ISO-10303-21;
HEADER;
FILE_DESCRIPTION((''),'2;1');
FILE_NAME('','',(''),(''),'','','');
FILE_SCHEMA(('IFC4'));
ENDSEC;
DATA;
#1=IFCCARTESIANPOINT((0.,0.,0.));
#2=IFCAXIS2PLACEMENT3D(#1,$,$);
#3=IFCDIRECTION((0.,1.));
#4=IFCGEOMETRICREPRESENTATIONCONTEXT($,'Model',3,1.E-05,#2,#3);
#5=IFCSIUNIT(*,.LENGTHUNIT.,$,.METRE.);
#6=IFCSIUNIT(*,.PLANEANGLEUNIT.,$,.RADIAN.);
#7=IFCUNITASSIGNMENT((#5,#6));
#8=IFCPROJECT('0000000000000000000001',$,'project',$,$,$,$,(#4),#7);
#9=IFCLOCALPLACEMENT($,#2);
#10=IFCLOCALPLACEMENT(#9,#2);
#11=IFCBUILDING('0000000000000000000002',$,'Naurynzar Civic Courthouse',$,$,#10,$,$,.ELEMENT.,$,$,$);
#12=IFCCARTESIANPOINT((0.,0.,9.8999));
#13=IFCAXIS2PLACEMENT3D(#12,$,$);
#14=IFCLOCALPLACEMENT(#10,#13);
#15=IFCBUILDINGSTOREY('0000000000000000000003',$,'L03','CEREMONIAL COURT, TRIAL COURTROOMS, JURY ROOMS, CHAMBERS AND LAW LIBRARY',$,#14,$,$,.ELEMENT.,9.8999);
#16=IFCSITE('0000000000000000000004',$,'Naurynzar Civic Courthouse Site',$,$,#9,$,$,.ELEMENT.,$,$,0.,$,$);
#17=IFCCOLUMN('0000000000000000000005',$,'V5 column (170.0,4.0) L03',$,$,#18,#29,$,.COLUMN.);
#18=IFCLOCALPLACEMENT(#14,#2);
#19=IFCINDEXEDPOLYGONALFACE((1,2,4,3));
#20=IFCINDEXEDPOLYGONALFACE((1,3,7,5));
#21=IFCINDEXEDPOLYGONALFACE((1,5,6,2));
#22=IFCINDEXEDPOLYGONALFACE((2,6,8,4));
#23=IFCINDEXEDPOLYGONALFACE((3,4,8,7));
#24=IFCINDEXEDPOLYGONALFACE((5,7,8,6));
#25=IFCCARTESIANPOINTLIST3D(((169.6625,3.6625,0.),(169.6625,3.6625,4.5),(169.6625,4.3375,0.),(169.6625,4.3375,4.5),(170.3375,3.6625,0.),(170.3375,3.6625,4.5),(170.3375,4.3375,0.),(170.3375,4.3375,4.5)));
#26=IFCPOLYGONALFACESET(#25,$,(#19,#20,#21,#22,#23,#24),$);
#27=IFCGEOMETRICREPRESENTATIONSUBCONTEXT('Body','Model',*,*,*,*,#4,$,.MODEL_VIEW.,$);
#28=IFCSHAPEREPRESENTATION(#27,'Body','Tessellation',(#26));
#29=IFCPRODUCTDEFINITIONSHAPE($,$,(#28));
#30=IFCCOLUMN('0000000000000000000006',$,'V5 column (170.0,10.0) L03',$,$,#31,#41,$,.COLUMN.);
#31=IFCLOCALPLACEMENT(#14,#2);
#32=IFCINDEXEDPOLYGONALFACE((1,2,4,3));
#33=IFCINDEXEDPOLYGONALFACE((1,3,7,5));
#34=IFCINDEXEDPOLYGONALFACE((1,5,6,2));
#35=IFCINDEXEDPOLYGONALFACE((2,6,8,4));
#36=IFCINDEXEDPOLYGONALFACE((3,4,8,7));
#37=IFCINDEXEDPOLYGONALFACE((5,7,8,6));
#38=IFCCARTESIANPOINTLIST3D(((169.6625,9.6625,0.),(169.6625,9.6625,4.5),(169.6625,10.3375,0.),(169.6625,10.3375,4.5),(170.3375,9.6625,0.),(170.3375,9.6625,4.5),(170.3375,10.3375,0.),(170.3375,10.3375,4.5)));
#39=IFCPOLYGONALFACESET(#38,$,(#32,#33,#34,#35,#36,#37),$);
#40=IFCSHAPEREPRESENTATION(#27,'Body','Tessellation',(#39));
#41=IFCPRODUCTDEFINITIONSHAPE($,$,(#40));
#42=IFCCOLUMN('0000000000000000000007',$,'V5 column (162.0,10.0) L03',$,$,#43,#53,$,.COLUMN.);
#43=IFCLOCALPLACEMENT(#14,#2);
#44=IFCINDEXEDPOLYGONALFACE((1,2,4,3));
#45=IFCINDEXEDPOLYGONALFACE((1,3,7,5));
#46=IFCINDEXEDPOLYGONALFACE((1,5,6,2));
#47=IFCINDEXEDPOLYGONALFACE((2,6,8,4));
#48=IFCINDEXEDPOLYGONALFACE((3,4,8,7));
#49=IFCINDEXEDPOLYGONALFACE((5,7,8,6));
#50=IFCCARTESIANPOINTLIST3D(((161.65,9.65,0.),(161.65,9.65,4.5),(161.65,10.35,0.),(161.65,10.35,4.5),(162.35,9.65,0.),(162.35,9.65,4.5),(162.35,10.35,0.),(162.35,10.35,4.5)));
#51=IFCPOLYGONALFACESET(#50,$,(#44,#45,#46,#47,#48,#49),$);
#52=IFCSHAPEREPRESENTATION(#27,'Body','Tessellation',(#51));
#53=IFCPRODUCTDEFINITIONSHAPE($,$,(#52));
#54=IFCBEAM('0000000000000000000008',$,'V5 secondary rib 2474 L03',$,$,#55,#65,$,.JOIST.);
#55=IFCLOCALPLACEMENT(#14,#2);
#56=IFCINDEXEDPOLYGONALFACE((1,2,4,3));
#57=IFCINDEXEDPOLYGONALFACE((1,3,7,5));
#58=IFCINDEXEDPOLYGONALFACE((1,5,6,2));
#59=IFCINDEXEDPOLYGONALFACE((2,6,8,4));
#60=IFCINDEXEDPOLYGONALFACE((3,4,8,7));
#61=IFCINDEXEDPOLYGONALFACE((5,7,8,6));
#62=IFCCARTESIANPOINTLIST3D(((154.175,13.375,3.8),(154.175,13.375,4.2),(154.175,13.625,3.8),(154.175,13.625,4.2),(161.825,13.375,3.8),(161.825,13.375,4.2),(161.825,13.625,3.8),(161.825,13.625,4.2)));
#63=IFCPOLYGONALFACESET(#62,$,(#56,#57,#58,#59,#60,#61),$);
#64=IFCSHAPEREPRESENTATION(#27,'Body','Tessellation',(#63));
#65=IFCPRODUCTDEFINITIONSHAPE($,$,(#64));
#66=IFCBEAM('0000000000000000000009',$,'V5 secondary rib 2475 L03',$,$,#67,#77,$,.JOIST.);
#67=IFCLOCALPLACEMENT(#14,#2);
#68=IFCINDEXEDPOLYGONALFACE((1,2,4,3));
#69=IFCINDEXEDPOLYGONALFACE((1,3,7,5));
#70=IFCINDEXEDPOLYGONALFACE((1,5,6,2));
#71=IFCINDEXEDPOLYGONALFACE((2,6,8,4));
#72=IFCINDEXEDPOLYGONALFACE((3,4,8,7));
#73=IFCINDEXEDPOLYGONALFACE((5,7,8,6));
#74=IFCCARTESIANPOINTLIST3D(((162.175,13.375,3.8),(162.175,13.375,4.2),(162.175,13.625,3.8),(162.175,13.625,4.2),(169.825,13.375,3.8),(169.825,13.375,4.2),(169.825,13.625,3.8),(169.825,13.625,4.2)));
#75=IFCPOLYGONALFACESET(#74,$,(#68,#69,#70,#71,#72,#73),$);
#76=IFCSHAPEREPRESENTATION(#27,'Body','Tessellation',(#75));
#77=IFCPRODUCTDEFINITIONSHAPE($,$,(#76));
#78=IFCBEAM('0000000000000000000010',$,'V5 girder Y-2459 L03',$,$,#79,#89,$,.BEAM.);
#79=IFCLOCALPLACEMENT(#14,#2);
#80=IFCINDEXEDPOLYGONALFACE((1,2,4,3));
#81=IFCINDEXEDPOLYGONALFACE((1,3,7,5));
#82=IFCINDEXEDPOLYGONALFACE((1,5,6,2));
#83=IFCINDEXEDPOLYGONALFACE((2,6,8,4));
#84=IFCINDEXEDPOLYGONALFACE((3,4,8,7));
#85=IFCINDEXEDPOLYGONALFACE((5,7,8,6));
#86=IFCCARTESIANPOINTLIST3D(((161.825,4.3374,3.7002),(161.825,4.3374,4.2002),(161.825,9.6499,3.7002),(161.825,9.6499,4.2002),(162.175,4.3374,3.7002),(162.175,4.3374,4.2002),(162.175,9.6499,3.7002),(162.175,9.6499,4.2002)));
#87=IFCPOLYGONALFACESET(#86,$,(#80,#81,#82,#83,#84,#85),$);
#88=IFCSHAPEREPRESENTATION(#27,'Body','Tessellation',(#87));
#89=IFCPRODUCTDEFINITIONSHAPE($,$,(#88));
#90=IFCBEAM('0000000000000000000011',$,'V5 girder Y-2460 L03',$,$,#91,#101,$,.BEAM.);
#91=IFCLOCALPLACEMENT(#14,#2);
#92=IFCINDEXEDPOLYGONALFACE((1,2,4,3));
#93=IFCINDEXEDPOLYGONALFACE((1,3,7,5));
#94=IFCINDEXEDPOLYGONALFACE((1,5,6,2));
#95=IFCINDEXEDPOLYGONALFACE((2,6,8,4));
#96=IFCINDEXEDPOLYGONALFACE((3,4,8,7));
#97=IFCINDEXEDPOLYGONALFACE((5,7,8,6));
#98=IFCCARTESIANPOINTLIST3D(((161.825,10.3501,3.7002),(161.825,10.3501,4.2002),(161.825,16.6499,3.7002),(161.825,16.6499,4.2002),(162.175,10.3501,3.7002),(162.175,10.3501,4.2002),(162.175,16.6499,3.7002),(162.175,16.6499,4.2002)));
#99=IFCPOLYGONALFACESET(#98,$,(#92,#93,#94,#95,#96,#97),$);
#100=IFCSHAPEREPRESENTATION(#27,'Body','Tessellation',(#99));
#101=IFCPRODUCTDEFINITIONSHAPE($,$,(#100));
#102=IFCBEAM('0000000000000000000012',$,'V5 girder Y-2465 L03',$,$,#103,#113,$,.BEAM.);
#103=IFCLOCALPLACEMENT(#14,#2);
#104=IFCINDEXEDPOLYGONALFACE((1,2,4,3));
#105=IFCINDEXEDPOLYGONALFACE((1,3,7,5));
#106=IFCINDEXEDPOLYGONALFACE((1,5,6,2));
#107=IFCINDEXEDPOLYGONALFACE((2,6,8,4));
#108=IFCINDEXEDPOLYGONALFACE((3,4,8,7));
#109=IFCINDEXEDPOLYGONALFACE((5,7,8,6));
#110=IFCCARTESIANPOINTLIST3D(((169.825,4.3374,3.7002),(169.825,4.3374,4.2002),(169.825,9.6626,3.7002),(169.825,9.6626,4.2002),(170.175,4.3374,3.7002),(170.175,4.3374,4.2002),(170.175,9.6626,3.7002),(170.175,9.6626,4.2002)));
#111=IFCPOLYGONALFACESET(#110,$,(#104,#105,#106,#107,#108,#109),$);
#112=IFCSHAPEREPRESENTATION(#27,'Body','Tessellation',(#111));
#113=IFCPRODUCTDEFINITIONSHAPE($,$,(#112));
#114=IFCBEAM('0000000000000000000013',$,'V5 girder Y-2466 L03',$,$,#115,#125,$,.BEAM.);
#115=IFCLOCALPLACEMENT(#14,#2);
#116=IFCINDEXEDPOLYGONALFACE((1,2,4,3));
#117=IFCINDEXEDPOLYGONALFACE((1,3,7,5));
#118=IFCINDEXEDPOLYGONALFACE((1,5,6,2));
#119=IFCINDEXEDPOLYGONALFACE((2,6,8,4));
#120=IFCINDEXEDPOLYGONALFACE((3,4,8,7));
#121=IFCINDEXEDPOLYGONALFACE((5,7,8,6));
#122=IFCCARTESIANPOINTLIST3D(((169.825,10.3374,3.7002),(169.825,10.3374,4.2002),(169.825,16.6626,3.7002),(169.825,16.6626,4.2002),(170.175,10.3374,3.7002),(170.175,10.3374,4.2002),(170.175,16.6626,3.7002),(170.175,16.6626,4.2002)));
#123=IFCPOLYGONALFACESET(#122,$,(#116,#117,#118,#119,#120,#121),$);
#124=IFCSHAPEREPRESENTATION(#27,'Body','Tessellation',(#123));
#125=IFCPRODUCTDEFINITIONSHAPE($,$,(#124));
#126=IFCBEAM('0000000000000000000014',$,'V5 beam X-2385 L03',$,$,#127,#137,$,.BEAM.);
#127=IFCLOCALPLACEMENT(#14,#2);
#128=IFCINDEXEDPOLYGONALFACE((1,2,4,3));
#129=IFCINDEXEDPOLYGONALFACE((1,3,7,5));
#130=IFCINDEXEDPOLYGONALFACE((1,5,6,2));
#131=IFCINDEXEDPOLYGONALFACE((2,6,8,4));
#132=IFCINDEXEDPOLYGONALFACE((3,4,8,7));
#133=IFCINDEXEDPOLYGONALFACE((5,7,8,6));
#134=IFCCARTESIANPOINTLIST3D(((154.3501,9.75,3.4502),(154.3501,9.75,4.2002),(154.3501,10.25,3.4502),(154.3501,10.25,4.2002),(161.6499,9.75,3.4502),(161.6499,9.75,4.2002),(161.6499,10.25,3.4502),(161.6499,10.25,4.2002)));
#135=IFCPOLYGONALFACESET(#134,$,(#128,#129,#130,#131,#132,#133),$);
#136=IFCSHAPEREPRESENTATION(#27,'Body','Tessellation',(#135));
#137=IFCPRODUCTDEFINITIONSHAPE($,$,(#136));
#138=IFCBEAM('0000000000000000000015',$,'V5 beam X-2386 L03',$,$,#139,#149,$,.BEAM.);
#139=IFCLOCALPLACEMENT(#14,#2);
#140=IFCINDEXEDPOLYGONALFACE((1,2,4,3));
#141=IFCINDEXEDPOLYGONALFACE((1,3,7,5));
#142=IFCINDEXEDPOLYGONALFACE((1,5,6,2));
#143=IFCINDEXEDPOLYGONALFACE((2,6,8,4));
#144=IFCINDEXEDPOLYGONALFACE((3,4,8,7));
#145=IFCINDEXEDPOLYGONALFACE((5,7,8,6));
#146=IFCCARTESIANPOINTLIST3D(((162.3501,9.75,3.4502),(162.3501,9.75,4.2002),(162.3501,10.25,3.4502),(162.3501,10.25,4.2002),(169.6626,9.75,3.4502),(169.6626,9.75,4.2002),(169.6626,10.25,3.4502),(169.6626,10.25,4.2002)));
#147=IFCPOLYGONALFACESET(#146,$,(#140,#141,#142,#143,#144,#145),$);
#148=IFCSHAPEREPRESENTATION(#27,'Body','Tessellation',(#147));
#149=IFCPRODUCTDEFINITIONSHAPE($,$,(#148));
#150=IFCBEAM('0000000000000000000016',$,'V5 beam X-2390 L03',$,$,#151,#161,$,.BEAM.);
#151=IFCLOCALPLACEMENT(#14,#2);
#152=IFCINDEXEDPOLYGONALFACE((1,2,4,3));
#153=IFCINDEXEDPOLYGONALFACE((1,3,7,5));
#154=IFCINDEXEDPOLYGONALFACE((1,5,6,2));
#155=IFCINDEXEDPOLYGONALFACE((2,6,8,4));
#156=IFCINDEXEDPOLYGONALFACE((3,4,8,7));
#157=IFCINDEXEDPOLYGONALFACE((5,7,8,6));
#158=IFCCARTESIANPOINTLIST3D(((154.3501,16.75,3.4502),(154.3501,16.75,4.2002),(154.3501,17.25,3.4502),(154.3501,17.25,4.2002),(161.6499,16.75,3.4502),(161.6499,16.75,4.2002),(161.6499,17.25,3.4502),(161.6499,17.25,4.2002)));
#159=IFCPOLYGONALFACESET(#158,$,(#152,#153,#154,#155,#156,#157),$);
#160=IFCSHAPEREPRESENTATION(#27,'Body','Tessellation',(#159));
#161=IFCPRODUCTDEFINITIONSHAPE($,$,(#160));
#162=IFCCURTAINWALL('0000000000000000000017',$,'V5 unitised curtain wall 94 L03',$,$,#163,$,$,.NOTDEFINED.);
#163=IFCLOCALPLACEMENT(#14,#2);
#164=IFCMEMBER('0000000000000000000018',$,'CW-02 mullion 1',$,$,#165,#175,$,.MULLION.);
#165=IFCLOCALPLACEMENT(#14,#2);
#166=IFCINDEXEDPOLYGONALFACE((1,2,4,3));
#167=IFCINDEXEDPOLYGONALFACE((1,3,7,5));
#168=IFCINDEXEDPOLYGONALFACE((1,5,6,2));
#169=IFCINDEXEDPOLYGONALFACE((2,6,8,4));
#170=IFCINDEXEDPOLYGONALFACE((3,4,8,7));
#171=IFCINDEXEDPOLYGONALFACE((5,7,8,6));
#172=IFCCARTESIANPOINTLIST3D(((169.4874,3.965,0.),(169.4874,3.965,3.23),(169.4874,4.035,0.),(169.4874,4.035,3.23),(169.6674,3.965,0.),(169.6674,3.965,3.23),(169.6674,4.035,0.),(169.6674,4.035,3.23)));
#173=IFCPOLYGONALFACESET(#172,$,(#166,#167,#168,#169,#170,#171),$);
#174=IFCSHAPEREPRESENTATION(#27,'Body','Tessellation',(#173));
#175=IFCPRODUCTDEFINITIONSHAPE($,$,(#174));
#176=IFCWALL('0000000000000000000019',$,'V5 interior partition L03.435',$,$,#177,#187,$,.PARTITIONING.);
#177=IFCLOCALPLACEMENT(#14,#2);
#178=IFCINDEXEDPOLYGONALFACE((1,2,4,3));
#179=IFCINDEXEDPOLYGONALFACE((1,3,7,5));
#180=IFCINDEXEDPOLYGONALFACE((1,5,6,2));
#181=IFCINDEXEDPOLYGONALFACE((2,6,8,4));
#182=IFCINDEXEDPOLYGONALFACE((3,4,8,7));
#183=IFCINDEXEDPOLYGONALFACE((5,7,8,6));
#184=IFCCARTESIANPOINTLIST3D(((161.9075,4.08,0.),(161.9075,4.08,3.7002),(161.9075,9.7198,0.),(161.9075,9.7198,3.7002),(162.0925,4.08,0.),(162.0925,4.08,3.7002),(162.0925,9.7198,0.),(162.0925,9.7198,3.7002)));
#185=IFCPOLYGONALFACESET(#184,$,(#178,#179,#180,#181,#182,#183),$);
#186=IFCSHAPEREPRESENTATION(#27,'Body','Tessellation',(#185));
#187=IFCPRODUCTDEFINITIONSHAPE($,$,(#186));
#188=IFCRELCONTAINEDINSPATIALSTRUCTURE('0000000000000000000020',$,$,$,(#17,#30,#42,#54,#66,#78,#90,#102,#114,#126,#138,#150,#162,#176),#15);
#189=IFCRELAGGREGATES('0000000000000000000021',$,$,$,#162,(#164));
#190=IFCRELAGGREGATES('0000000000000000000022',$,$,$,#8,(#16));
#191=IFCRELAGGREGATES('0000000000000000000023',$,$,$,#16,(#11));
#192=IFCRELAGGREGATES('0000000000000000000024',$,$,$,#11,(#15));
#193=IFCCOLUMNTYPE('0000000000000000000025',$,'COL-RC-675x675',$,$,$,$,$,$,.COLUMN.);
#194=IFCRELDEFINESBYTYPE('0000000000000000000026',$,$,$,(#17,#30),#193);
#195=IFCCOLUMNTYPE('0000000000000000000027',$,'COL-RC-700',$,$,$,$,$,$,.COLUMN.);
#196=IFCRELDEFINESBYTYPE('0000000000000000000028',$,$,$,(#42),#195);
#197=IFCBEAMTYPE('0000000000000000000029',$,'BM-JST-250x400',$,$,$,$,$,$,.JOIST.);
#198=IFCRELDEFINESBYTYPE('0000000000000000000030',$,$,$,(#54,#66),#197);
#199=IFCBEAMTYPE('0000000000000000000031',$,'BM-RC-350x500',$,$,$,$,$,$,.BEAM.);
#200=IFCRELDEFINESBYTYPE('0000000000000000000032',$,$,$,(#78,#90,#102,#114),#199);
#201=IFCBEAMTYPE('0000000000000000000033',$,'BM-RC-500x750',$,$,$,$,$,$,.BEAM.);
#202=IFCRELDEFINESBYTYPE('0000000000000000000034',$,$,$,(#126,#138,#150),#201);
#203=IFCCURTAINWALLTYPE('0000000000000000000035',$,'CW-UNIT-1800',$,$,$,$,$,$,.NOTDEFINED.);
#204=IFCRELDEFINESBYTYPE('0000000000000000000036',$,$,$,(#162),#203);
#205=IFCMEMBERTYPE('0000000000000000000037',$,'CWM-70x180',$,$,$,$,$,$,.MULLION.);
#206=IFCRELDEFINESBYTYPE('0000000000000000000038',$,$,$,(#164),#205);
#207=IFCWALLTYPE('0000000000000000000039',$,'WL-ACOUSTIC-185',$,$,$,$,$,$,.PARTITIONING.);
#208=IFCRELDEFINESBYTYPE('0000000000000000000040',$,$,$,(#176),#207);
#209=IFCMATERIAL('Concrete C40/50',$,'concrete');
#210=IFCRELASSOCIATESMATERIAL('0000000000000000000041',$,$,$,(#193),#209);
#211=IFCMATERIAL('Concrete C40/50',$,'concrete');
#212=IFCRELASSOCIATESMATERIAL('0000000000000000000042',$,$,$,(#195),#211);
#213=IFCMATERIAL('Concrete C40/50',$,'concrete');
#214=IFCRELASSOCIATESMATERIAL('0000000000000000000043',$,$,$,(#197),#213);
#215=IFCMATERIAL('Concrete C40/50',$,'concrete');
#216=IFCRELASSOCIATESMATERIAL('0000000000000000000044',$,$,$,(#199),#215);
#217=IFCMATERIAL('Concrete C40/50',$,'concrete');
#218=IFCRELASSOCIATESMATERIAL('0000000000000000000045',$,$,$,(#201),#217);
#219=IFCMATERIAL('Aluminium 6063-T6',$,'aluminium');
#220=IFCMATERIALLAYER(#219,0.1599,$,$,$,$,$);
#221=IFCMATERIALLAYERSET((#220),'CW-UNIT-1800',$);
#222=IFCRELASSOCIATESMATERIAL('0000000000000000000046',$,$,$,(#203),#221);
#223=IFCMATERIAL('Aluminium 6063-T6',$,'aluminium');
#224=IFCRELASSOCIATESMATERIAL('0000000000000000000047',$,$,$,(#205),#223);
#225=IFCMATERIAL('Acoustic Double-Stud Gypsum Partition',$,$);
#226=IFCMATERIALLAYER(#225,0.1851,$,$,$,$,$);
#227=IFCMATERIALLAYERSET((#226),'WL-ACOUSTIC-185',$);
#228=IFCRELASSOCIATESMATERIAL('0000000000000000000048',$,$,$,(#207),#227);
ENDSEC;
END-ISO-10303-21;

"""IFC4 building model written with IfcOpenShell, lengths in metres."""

from ifc_helpers import new_model, si_unit, direction, frame, frame_2d, origin, origin_2d, place, context, subcontext, project, spatial, rectangle, extrude, material, layer, layer_set, material_profile, profile_set, type_object, element, aggregate, save


model = new_model("IFC4")

# Units and contexts
model_context = context("Model", 3, precision=1e-05, world=origin(), true_north=direction((0.0, 1.0)))
body_context = subcontext(model_context, "Body", "Model", "MODEL_VIEW")
ifc_project = project(units=[si_unit("LENGTHUNIT", "METRE"), si_unit("PLANEANGLEUNIT", "RADIAN")], contexts=[model_context])

# Site, building, storey
site_placement = place(None, origin())
site = spatial("IfcSite", under=ifc_project, at=site_placement, Name="Naurynzar Civic Courthouse Site", CompositionType="ELEMENT", RefElevation=0.0)
building_placement = place(site_placement, origin())
building = spatial("IfcBuilding", under=site, at=building_placement, Name="Naurynzar Civic Courthouse", CompositionType="ELEMENT")
storey_placement = place(building_placement, frame((0.0, 0.0, 9.8999)))
storey = spatial("IfcBuildingStorey", under=building, at=storey_placement, Name="L03", Description="CEREMONIAL COURT, TRIAL COURTROOMS, JURY ROOMS, CHAMBERS AND LAW LIBRARY", CompositionType="ELEMENT", Elevation=9.8999)

# Columns
ifc_material_1 = material(Name="Concrete C40/50", Category="concrete")
ifc_material_profile_1 = material_profile(ifc_material_1, rectangle(XDim=0.675, YDim=0.675, at=origin_2d()), Name="RC 675x675")
ifc_profile_set_1 = profile_set([ifc_material_profile_1], Name="Concrete C40/50")
column_type_1 = type_object("IfcColumnType", Name="COL-RC-675x675", PredefinedType="COLUMN", material=ifc_profile_set_1)
for number, where, z_axis, x_axis, name in (
    (1, (170.0, 4.0, 0.0), (0.0, 0.0, 1.0), (1.0, 0.0, 0.0), "V5 column (170.0,4.0) L03"),
    (2, (170.0, 10.0, 0.0), (0.0, 0.0, 1.0), (1.0, 0.0, 0.0), "V5 column (170.0,10.0) L03"),
):
    element("IfcColumn", number, at=place(storey_placement, frame(where, z_axis=z_axis, x_axis=x_axis)), inside=storey, type_object=column_type_1, Name=name, PredefinedType="COLUMN", context=body_context, shape_type="SweptSolid", body=[
        extrude(rectangle(XDim=0.675, YDim=0.675, at=origin_2d()), origin(), (0.0, 0.0, 1.0), 4.5),
    ])
ifc_material_2 = material(Name="Concrete C40/50", Category="concrete")
ifc_material_profile_2 = material_profile(ifc_material_2, rectangle(XDim=0.7, YDim=0.7, at=origin_2d()), Name="RC 700x700")
ifc_profile_set_2 = profile_set([ifc_material_profile_2], Name="Concrete C40/50")
column_type_2 = type_object("IfcColumnType", Name="COL-RC-700", PredefinedType="COLUMN", material=ifc_profile_set_2)
column_placement = place(storey_placement, frame((162.0, 10.0, 0.0), z_axis=(0.0, 0.0, 1.0), x_axis=(1.0, 0.0, 0.0)))
element("IfcColumn", 3, at=column_placement, inside=storey, type_object=column_type_2, Name="V5 column (162.0,10.0) L03", PredefinedType="COLUMN", context=body_context, shape_type="SweptSolid", body=[
    extrude(rectangle(XDim=0.7, YDim=0.7, at=origin_2d()), origin(), (0.0, 0.0, 1.0), 4.5),
])

# Beams
ifc_material_3 = material(Name="Concrete C40/50", Category="concrete")
ifc_material_profile_3 = material_profile(ifc_material_3, rectangle(XDim=0.25, YDim=0.3999, at=origin_2d()), Name="RCB 250x400")
ifc_profile_set_3 = profile_set([ifc_material_profile_3], Name="Concrete C40/50")
beam_type_1 = type_object("IfcBeamType", Name="BM-JST-250x400", PredefinedType="JOIST", material=ifc_profile_set_3)
for number, where, z_axis, x_axis, name in (
    (4, (154.175, 13.5, 4.0), (1.0, 0.0, 0.0), (0.0, 1.0, 0.0), "V5 secondary rib 2474 L03"),
    (5, (162.175, 13.5, 4.0), (1.0, 0.0, 0.0), (0.0, 1.0, 0.0), "V5 secondary rib 2475 L03"),
):
    element("IfcBeam", number, at=place(storey_placement, frame(where, z_axis=z_axis, x_axis=x_axis)), inside=storey, type_object=beam_type_1, Name=name, PredefinedType="JOIST", context=body_context, shape_type="SweptSolid", body=[
        extrude(rectangle(XDim=0.25, YDim=0.3999, at=origin_2d()), origin(), (0.0, 0.0, 1.0), 7.6499),
    ])
ifc_material_4 = material(Name="Concrete C40/50", Category="concrete")
ifc_material_profile_4 = material_profile(ifc_material_4, rectangle(XDim=0.3501, YDim=0.5, at=origin_2d()), Name="RCB 350x500")
ifc_profile_set_4 = profile_set([ifc_material_profile_4], Name="Concrete C40/50")
beam_type_2 = type_object("IfcBeamType", Name="BM-RC-350x500", PredefinedType="BEAM", material=ifc_profile_set_4)
beam_1_placement = place(storey_placement, frame((162.0, 4.3374, 3.9502), z_axis=(0.0, 1.0, 0.0), x_axis=(-1.0, 0.0, 0.0)))
element("IfcBeam", 6, at=beam_1_placement, inside=storey, type_object=beam_type_2, Name="V5 girder Y-2459 L03", PredefinedType="BEAM", context=body_context, shape_type="SweptSolid", body=[
    extrude(rectangle(XDim=0.3501, YDim=0.5, at=origin_2d()), origin(), (0.0, 0.0, 1.0), 5.3125),
])
beam_2_placement = place(storey_placement, frame((162.0, 10.3501, 3.9502), z_axis=(0.0, 1.0, 0.0), x_axis=(-1.0, 0.0, 0.0)))
element("IfcBeam", 7, at=beam_2_placement, inside=storey, type_object=beam_type_2, Name="V5 girder Y-2460 L03", PredefinedType="BEAM", context=body_context, shape_type="SweptSolid", body=[
    extrude(rectangle(XDim=0.3501, YDim=0.5, at=origin_2d()), origin(), (0.0, 0.0, 1.0), 6.2998),
])
beam_3_placement = place(storey_placement, frame((170.0, 4.3374, 3.9502), z_axis=(0.0, 1.0, 0.0), x_axis=(-1.0, 0.0, 0.0)))
element("IfcBeam", 8, at=beam_3_placement, inside=storey, type_object=beam_type_2, Name="V5 girder Y-2465 L03", PredefinedType="BEAM", context=body_context, shape_type="SweptSolid", body=[
    extrude(rectangle(XDim=0.3501, YDim=0.5, at=origin_2d()), origin(), (0.0, 0.0, 1.0), 5.3252),
])
beam_4_placement = place(storey_placement, frame((170.0, 10.3374, 3.9502), z_axis=(0.0, 1.0, 0.0), x_axis=(-1.0, 0.0, 0.0)))
element("IfcBeam", 9, at=beam_4_placement, inside=storey, type_object=beam_type_2, Name="V5 girder Y-2466 L03", PredefinedType="BEAM", context=body_context, shape_type="SweptSolid", body=[
    extrude(rectangle(XDim=0.3501, YDim=0.5, at=origin_2d()), origin(), (0.0, 0.0, 1.0), 6.3252),
])
ifc_material_5 = material(Name="Concrete C40/50", Category="concrete")
ifc_material_profile_5 = material_profile(ifc_material_5, rectangle(XDim=0.5, YDim=0.75, at=origin_2d()), Name="RCB 500x750")
ifc_profile_set_5 = profile_set([ifc_material_profile_5], Name="Concrete C40/50")
beam_type_3 = type_object("IfcBeamType", Name="BM-RC-500x750", PredefinedType="BEAM", material=ifc_profile_set_5)
beam_5_placement = place(storey_placement, frame((154.3501, 10.0, 3.8252), z_axis=(1.0, 0.0, 0.0), x_axis=(0.0, 1.0, 0.0)))
element("IfcBeam", 10, at=beam_5_placement, inside=storey, type_object=beam_type_3, Name="V5 beam X-2385 L03", PredefinedType="BEAM", context=body_context, shape_type="SweptSolid", body=[
    extrude(rectangle(XDim=0.5, YDim=0.75, at=origin_2d()), origin(), (0.0, 0.0, 1.0), 7.2998),
])
beam_6_placement = place(storey_placement, frame((162.3501, 10.0, 3.8252), z_axis=(1.0, 0.0, 0.0), x_axis=(0.0, 1.0, 0.0)))
element("IfcBeam", 11, at=beam_6_placement, inside=storey, type_object=beam_type_3, Name="V5 beam X-2386 L03", PredefinedType="BEAM", context=body_context, shape_type="SweptSolid", body=[
    extrude(rectangle(XDim=0.5, YDim=0.75, at=origin_2d()), origin(), (0.0, 0.0, 1.0), 7.3125),
])
beam_7_placement = place(storey_placement, frame((154.3501, 17.0, 3.8252), z_axis=(1.0, 0.0, 0.0), x_axis=(0.0, 1.0, 0.0)))
element("IfcBeam", 12, at=beam_7_placement, inside=storey, type_object=beam_type_3, Name="V5 beam X-2390 L03", PredefinedType="BEAM", context=body_context, shape_type="SweptSolid", body=[
    extrude(rectangle(XDim=0.5, YDim=0.75, at=origin_2d()), origin(), (0.0, 0.0, 1.0), 7.2998),
])

# Curtain wall, member
ifc_material_6 = material(Name="Aluminium 6063-T6", Category="aluminium")
ifc_layer_1 = layer(ifc_material_6, 0.1599)
ifc_layer_set_1 = layer_set([ifc_layer_1], Name="CW-UNIT-1800")
curtain_wall_type = type_object("IfcCurtainWallType", Name="CW-UNIT-1800", PredefinedType="NOTDEFINED", material=ifc_layer_set_1)
curtain_wall_placement = place(storey_placement, origin())
curtain_wall = element("IfcCurtainWall", 13, at=curtain_wall_placement, inside=storey, type_object=curtain_wall_type, Name="V5 unitised curtain wall 94 L03", PredefinedType="NOTDEFINED")
ifc_material_7 = material(Name="Aluminium 6063-T6", Category="aluminium")
ifc_material_profile_6 = material_profile(ifc_material_7, rectangle(XDim=0.0701, YDim=0.1799, at=origin_2d()), Name="ALU MULLION 70x180")
ifc_profile_set_6 = profile_set([ifc_material_profile_6], Name="Aluminium 6063-T6")
member_type = type_object("IfcMemberType", Name="CWM-70x180", PredefinedType="MULLION", material=ifc_profile_set_6)
member_placement = place(storey_placement, frame((169.5774, 4.0, 0.0), z_axis=(0.0, 0.0, 1.0), x_axis=(0.0, -1.0, 0.0)))
member = element("IfcMember", 14, at=member_placement, type_object=member_type, Name="CW-02 mullion 1", PredefinedType="MULLION", context=body_context, shape_type="SweptSolid", body=[
    extrude(rectangle(XDim=0.0701, YDim=0.1799, at=origin_2d()), origin(), (0.0, 0.0, 1.0), 3.23),
])
aggregate(curtain_wall, [member])

# Wall
ifc_material_8 = material(Name="Acoustic Double-Stud Gypsum Partition")
ifc_layer_2 = layer(ifc_material_8, 0.1851)
ifc_layer_set_2 = layer_set([ifc_layer_2], Name="WL-ACOUSTIC-185")
wall_type_1 = type_object("IfcWallType", Name="WL-ACOUSTIC-185", PredefinedType="PARTITIONING", material=ifc_layer_set_2)
wall_1_placement = place(storey_placement, frame((162.0, 4.0801, 0.0), z_axis=(0.0, 0.0, 1.0), x_axis=(0.0, 1.0, 0.0)))
element("IfcWall", 15, at=wall_1_placement, inside=storey, type_object=wall_type_1, Name="V5 interior partition L03.435", PredefinedType="PARTITIONING", context=body_context, shape_type="SweptSolid", body=[
    extrude(rectangle(XDim=5.6399, YDim=0.1851, at=frame_2d((2.8198, 0.0))), origin(), (0.0, 0.0, 1.0), 3.7002),
])

save(model, "model.ifc")
